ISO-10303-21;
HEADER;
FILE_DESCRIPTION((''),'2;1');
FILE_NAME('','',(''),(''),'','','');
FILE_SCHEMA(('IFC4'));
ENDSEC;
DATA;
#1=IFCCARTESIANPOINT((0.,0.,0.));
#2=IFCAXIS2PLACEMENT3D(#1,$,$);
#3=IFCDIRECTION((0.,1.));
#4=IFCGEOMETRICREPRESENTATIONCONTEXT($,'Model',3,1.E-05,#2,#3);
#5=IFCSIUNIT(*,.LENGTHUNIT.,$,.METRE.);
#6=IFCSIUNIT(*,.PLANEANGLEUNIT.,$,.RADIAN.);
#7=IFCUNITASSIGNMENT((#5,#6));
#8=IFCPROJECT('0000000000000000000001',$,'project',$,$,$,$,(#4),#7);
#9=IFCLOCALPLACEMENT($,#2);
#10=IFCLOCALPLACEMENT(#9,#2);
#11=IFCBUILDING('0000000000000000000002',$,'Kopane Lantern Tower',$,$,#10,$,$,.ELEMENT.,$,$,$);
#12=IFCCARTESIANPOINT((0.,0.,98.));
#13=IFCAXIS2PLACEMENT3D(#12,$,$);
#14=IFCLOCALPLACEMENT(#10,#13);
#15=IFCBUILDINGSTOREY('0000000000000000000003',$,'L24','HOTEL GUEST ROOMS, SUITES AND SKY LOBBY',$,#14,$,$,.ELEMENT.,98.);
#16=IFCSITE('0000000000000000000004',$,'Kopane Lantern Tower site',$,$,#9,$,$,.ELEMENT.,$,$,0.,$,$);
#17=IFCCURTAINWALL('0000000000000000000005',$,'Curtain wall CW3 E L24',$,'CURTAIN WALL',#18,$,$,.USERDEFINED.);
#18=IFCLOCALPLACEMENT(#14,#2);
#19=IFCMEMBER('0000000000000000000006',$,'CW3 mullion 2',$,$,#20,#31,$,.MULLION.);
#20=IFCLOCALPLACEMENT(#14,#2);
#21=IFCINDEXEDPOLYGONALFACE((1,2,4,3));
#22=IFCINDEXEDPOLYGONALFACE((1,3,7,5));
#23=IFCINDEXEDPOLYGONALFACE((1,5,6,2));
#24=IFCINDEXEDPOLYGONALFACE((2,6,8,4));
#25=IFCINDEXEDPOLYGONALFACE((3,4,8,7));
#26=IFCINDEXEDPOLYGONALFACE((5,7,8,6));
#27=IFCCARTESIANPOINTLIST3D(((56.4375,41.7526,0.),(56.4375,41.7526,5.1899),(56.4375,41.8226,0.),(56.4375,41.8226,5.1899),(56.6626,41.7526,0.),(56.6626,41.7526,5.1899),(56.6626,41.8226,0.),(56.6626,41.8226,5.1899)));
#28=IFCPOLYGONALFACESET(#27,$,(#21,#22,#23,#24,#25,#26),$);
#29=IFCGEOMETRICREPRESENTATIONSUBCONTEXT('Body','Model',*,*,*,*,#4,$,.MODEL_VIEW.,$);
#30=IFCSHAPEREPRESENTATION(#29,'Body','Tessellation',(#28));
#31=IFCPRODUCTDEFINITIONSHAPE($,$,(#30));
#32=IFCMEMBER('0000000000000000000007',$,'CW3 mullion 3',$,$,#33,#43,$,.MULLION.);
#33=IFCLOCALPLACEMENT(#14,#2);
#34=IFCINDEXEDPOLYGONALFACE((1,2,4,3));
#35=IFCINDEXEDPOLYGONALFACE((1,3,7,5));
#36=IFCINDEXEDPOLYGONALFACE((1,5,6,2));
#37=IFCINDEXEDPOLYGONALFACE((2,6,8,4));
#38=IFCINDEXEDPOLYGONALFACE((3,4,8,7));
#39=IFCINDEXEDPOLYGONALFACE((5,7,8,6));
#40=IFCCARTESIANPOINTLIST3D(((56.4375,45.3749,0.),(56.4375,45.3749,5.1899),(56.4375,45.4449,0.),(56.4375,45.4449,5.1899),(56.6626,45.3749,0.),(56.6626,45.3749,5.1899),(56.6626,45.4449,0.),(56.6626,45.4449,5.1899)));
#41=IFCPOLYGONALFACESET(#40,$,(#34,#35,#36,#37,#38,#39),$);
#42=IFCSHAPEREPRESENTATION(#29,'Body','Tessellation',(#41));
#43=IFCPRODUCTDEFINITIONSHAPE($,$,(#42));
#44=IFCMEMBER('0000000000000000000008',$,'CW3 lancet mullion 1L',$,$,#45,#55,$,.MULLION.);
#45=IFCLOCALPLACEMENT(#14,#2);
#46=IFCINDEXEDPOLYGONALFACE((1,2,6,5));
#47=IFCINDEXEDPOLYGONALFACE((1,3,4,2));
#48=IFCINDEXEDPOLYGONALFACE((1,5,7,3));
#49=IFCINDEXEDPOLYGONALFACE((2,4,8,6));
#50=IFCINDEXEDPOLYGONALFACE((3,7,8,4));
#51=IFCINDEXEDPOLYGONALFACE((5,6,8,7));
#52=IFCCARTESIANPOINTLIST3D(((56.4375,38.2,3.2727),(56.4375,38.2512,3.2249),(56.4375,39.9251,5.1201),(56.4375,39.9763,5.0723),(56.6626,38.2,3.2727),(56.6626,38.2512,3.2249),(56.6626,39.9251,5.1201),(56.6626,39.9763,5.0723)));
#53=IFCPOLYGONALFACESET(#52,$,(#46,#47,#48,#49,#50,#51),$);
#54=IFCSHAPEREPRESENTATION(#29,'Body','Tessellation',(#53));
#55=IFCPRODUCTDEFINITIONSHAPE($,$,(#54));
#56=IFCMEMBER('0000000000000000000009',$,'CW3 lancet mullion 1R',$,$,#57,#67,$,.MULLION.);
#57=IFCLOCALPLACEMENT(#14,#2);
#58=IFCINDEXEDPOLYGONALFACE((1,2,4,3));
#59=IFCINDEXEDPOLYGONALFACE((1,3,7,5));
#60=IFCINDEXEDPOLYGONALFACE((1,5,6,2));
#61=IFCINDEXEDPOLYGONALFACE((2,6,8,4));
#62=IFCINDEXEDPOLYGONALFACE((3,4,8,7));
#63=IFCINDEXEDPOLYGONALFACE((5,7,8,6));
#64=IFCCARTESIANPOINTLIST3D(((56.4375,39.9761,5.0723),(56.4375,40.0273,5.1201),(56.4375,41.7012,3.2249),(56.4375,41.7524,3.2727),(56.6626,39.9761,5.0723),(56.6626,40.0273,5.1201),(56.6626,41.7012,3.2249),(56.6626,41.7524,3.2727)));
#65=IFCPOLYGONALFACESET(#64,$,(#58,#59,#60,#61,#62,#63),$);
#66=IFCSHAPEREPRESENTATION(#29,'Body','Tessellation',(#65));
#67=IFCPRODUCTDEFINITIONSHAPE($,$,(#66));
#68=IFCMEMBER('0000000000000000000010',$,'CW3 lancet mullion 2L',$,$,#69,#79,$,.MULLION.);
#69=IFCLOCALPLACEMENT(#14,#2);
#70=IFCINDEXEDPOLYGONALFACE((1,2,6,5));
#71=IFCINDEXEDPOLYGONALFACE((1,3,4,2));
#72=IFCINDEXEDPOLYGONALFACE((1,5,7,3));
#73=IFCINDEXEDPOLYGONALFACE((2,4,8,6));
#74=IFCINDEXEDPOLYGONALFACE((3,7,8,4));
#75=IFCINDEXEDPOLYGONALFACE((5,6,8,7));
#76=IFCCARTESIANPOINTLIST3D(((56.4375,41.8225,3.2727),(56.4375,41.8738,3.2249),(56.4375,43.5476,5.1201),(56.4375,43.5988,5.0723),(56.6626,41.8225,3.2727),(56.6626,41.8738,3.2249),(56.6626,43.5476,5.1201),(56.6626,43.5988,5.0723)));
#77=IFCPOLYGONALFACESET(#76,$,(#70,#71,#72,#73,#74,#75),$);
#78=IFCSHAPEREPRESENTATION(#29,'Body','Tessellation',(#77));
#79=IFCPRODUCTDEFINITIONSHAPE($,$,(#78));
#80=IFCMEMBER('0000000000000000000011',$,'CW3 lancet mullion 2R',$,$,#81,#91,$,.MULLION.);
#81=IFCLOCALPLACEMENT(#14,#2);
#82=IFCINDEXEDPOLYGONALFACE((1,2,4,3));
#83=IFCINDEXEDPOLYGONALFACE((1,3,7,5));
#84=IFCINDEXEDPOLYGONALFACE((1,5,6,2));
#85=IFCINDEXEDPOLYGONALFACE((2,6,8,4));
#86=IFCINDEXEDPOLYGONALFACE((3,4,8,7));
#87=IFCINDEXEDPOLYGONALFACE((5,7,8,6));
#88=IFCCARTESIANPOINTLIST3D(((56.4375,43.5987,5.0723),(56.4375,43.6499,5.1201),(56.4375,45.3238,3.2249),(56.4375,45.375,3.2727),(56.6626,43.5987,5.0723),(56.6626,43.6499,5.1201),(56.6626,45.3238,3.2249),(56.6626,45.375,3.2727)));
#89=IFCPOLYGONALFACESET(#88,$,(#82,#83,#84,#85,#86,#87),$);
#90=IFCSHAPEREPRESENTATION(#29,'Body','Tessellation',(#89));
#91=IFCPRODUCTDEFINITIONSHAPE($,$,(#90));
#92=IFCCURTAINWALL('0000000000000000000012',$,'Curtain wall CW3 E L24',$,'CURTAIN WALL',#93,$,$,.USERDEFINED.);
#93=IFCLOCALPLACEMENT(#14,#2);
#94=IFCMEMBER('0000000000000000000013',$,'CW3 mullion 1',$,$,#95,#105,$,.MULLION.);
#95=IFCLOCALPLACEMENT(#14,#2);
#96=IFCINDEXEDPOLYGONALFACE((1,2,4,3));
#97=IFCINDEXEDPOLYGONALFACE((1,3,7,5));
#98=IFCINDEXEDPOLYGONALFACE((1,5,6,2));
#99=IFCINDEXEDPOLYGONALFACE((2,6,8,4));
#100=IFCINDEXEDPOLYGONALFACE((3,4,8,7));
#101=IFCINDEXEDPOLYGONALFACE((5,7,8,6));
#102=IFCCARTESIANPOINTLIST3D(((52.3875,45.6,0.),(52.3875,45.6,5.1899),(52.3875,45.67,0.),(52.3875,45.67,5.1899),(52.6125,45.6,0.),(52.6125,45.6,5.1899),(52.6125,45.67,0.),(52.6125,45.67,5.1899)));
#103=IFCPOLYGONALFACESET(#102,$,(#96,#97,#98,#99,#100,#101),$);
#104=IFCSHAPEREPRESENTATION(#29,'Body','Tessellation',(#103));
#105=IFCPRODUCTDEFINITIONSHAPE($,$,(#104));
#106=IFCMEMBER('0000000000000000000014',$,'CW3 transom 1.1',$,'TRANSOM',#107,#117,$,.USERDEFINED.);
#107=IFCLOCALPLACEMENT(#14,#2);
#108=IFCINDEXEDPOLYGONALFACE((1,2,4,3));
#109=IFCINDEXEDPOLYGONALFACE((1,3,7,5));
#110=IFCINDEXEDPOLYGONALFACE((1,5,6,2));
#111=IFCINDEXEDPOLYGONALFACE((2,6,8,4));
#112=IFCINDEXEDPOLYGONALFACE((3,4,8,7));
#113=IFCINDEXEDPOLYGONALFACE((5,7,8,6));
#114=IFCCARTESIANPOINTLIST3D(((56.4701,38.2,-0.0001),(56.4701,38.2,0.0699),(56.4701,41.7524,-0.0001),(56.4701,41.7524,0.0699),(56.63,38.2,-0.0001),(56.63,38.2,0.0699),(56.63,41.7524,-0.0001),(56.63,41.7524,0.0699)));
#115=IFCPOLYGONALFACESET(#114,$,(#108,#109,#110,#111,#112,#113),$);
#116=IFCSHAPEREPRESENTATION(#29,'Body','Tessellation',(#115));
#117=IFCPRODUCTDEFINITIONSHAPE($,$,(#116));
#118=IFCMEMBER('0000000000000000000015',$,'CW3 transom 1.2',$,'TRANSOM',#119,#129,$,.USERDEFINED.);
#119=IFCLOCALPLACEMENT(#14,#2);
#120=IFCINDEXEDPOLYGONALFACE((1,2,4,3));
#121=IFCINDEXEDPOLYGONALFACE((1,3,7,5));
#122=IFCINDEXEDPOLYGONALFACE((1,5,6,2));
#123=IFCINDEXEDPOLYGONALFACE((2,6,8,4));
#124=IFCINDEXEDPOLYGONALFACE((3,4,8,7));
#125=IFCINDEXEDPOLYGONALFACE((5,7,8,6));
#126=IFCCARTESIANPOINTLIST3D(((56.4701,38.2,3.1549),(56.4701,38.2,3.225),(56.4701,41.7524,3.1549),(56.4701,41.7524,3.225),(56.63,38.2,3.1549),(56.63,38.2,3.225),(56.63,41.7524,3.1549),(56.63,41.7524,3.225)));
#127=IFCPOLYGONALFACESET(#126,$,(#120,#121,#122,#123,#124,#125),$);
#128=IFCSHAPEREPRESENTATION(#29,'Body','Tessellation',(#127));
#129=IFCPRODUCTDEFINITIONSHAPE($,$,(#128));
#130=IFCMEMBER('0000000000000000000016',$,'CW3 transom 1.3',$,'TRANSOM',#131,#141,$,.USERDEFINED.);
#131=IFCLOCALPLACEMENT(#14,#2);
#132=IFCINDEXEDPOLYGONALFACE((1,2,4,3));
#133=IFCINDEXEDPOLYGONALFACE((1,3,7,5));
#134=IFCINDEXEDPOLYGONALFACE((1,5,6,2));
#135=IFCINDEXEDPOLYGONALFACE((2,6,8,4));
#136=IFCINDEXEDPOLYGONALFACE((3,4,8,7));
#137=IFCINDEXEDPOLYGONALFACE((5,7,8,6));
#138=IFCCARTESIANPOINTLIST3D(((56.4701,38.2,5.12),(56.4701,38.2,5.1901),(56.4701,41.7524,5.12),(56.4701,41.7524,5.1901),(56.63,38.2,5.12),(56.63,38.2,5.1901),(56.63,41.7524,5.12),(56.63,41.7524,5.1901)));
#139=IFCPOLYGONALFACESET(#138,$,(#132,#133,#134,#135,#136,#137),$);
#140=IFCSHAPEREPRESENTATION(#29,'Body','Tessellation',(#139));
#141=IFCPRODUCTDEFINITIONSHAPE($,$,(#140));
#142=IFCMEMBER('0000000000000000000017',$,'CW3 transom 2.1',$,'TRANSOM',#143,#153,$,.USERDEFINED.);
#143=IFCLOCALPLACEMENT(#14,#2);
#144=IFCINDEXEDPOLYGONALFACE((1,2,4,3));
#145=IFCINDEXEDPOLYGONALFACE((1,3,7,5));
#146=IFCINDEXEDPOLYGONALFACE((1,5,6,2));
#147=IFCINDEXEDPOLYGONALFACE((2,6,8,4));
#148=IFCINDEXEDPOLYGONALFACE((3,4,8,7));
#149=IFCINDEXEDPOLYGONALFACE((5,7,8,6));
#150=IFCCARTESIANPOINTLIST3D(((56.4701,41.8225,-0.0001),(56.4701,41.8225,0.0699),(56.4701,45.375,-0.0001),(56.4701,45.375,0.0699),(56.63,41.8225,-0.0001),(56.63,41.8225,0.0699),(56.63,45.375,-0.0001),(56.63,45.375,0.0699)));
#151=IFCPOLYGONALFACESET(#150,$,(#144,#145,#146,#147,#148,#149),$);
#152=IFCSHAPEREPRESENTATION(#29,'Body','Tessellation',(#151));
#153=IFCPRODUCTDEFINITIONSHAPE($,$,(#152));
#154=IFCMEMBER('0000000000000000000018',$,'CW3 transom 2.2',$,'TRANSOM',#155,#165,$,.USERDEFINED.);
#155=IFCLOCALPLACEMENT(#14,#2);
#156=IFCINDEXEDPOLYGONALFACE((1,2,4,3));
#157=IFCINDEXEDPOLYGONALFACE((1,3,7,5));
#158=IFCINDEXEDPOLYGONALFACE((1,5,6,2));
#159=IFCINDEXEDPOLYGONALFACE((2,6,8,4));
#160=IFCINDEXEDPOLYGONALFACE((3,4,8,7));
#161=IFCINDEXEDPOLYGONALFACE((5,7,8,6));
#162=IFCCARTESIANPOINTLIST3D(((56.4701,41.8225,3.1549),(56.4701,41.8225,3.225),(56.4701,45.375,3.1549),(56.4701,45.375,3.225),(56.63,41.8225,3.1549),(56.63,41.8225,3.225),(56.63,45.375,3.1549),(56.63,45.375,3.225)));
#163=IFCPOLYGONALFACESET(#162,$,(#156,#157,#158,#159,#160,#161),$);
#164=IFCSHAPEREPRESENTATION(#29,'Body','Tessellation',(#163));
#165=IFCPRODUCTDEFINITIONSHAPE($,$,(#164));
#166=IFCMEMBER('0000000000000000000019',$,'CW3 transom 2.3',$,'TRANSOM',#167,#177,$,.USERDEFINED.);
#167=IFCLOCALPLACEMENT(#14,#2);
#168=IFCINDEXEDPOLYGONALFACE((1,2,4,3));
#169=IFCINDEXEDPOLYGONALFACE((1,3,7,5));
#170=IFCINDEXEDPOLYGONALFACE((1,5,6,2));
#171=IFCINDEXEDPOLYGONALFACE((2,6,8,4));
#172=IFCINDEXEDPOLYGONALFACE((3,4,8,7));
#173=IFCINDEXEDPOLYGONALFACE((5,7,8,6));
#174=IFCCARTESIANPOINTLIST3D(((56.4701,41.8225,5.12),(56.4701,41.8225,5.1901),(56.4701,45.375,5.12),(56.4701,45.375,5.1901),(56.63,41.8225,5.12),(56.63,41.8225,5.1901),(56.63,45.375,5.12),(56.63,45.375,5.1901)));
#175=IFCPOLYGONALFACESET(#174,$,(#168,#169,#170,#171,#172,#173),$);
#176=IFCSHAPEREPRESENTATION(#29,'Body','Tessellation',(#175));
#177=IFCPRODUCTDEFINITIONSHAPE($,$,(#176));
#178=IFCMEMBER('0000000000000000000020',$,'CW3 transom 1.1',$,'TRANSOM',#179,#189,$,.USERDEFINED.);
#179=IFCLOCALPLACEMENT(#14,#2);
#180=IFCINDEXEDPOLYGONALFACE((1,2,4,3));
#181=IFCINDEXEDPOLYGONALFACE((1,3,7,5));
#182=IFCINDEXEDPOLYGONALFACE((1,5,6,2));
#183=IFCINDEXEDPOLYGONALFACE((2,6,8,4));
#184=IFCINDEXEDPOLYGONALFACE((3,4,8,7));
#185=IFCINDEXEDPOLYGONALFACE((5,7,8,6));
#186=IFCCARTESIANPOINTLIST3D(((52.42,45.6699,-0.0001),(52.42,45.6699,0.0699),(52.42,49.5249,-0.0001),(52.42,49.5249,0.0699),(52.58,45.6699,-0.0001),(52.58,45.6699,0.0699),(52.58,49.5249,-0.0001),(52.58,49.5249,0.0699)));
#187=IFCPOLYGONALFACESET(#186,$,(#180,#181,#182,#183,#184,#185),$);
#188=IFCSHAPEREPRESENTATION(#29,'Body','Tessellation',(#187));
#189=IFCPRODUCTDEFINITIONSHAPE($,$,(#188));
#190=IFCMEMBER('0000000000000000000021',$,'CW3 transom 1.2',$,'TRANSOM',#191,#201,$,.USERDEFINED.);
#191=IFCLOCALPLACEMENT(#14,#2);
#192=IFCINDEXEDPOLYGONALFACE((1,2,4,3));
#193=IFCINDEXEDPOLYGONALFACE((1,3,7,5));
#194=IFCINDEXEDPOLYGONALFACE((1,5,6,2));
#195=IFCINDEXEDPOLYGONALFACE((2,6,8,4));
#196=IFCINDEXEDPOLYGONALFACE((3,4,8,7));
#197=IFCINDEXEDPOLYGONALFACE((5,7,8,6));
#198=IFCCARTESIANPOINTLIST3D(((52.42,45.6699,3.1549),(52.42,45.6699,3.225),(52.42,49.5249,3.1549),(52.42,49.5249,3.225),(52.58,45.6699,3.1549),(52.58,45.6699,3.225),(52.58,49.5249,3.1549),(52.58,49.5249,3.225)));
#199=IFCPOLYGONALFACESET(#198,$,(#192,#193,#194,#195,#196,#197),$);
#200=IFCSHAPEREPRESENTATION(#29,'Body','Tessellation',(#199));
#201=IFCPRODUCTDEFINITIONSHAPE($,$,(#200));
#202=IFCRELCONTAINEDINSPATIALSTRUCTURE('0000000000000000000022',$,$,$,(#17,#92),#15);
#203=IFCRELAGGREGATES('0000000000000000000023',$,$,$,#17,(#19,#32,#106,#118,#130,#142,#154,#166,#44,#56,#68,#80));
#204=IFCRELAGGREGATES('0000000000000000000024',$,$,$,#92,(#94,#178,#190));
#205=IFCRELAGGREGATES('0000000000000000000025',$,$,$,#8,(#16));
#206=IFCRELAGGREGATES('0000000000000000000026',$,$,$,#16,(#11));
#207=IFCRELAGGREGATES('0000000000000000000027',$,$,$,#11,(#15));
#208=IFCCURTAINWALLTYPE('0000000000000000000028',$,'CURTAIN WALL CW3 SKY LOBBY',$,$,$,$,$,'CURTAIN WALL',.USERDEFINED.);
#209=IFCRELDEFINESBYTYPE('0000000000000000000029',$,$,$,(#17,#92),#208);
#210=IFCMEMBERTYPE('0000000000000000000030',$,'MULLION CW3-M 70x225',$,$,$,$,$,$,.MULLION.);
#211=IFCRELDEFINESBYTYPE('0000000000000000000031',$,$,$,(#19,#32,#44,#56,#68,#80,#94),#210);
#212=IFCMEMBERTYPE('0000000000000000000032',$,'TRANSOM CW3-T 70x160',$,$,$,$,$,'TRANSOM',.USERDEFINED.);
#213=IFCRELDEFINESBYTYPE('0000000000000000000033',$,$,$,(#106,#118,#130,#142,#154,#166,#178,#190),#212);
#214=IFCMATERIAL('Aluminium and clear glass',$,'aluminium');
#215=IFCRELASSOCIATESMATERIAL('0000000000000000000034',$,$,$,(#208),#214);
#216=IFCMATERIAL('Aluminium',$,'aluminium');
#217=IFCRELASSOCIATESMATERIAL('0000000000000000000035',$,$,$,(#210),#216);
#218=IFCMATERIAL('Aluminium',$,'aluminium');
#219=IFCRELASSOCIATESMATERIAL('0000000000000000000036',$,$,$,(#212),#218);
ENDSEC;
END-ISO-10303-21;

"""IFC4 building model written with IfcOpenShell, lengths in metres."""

from ifc_helpers import new_model, si_unit, direction, frame, origin, origin_2d, place, context, subcontext, project, spatial, rectangle, extrude, material, material_profile, profile_set, type_object, element, aggregate, save


model = new_model("IFC4")

# Units and contexts
model_context = context("Model", 3, precision=1e-05, world=origin(), true_north=direction((0.0, 1.0)))
body_context = subcontext(model_context, "Body", "Model", "MODEL_VIEW")
ifc_project = project(units=[si_unit("LENGTHUNIT", "METRE"), si_unit("PLANEANGLEUNIT", "RADIAN")], contexts=[model_context])

# Site, building, storey
site_placement = place(None, origin())
site = spatial("IfcSite", under=ifc_project, at=site_placement, Name="Kopane Lantern Tower site", CompositionType="ELEMENT", RefElevation=0.0)
building_placement = place(site_placement, origin())
building = spatial("IfcBuilding", under=site, at=building_placement, Name="Kopane Lantern Tower", CompositionType="ELEMENT")
storey_placement = place(building_placement, frame((0.0, 0.0, 98.0)))
storey = spatial("IfcBuildingStorey", under=building, at=storey_placement, Name="L24", Description="HOTEL GUEST ROOMS, SUITES AND SKY LOBBY", CompositionType="ELEMENT", Elevation=98.0)

# Curtain wall, members
ifc_material_1 = material(Name="Aluminium and clear glass", Category="aluminium")
curtain_wall_type = type_object("IfcCurtainWallType", Name="CURTAIN WALL CW3 SKY LOBBY", ElementType="CURTAIN WALL", PredefinedType="USERDEFINED", material=ifc_material_1)
curtain_wall_1_placement = place(storey_placement, origin())
curtain_wall_1 = element("IfcCurtainWall", 1, at=curtain_wall_1_placement, inside=storey, type_object=curtain_wall_type, Name="Curtain wall CW3 E L24", ObjectType="CURTAIN WALL", PredefinedType="USERDEFINED")
ifc_material_2 = material(Name="Aluminium", Category="aluminium")
ifc_material_profile_1 = material_profile(ifc_material_2, rectangle(XDim=0.0701, YDim=0.2251, at=origin_2d()), Name="AL 70x225")
ifc_profile_set_1 = profile_set([ifc_material_profile_1], Name="Aluminium")
member_type_1 = type_object("IfcMemberType", Name="MULLION CW3-M 70x225", PredefinedType="MULLION", material=ifc_profile_set_1)
member_1_placement = place(storey_placement, frame((56.55, 41.7876, 0.0), z_axis=(0.0, 0.0, 1.0), x_axis=(0.0, 1.0, 0.0)))
member_1 = element("IfcMember", 2, at=member_1_placement, type_object=member_type_1, Name="CW3 mullion 2", PredefinedType="MULLION", context=body_context, shape_type="SweptSolid", body=[
    extrude(rectangle(XDim=0.0701, YDim=0.2251, at=origin_2d()), origin(), (0.0, 0.0, 1.0), 5.1899),
])
member_2_placement = place(storey_placement, frame((56.55, 45.4099, 0.0), z_axis=(0.0, 0.0, 1.0), x_axis=(0.0, 1.0, 0.0)))
member_2 = element("IfcMember", 3, at=member_2_placement, type_object=member_type_1, Name="CW3 mullion 3", PredefinedType="MULLION", context=body_context, shape_type="SweptSolid", body=[
    extrude(rectangle(XDim=0.0701, YDim=0.2251, at=origin_2d()), origin(), (0.0, 0.0, 1.0), 5.1899),
])
member_3_placement = place(storey_placement, frame((56.55, 38.2256, 3.2488), z_axis=(0.0, 0.682497, 0.730888), x_axis=(0.0, -0.730888, 0.682497)))
member_3 = element("IfcMember", 4, at=member_3_placement, type_object=member_type_1, Name="CW3 lancet mullion 1L", PredefinedType="MULLION", context=body_context, shape_type="SweptSolid", body=[
    extrude(rectangle(XDim=0.0701, YDim=0.2251, at=origin_2d()), origin(), (0.0, 0.0, 1.0), 2.5276),
])
member_4_placement = place(storey_placement, frame((56.55, 41.7268, 3.2488), z_axis=(0.0, -0.682497, 0.730888), x_axis=(0.0, 0.730888, 0.682497)))
member_4 = element("IfcMember", 5, at=member_4_placement, type_object=member_type_1, Name="CW3 lancet mullion 1R", PredefinedType="MULLION", context=body_context, shape_type="SweptSolid", body=[
    extrude(rectangle(XDim=0.0701, YDim=0.2251, at=origin_2d()), origin(), (0.0, 0.0, 1.0), 2.5276),
])
member_5_placement = place(storey_placement, frame((56.55, 41.8481, 3.2488), z_axis=(0.0, 0.682497, 0.730888), x_axis=(0.0, -0.730888, 0.682497)))
member_5 = element("IfcMember", 6, at=member_5_placement, type_object=member_type_1, Name="CW3 lancet mullion 2L", PredefinedType="MULLION", context=body_context, shape_type="SweptSolid", body=[
    extrude(rectangle(XDim=0.0701, YDim=0.2251, at=origin_2d()), origin(), (0.0, 0.0, 1.0), 2.5276),
])
member_6_placement = place(storey_placement, frame((56.55, 45.3494, 3.2488), z_axis=(0.0, -0.682497, 0.730888), x_axis=(0.0, 0.730888, 0.682497)))
member_6 = element("IfcMember", 7, at=member_6_placement, type_object=member_type_1, Name="CW3 lancet mullion 2R", PredefinedType="MULLION", context=body_context, shape_type="SweptSolid", body=[
    extrude(rectangle(XDim=0.0701, YDim=0.2251, at=origin_2d()), origin(), (0.0, 0.0, 1.0), 2.5276),
])

# Curtain wall, member
curtain_wall_2_placement = place(storey_placement, origin())
curtain_wall_2 = element("IfcCurtainWall", 8, at=curtain_wall_2_placement, inside=storey, type_object=curtain_wall_type, Name="Curtain wall CW3 E L24", ObjectType="CURTAIN WALL", PredefinedType="USERDEFINED")
member_7_placement = place(storey_placement, frame((52.5, 45.635, 0.0), z_axis=(0.0, 0.0, 1.0), x_axis=(0.0, 1.0, 0.0)))
member_7 = element("IfcMember", 9, at=member_7_placement, type_object=member_type_1, Name="CW3 mullion 1", PredefinedType="MULLION", context=body_context, shape_type="SweptSolid", body=[
    extrude(rectangle(XDim=0.0701, YDim=0.2251, at=origin_2d()), origin(), (0.0, 0.0, 1.0), 5.1899),
])

# Members
ifc_material_3 = material(Name="Aluminium", Category="aluminium")
ifc_material_profile_2 = material_profile(ifc_material_3, rectangle(XDim=0.1599, YDim=0.0701, at=origin_2d()), Name="AL 160x70")
ifc_profile_set_2 = profile_set([ifc_material_profile_2], Name="Aluminium")
member_type_2 = type_object("IfcMemberType", Name="TRANSOM CW3-T 70x160", ElementType="TRANSOM", PredefinedType="USERDEFINED", material=ifc_profile_set_2)
member_8_placement = place(storey_placement, frame((56.55, 38.2, 0.0349), z_axis=(0.0, 1.0, 0.0), x_axis=(-1.0, 0.0, 0.0)))
member_8 = element("IfcMember", 10, at=member_8_placement, type_object=member_type_2, Name="CW3 transom 1.1", ObjectType="TRANSOM", PredefinedType="USERDEFINED", context=body_context, shape_type="SweptSolid", body=[
    extrude(rectangle(XDim=0.1599, YDim=0.0701, at=origin_2d()), origin(), (0.0, 0.0, 1.0), 3.5525),
])
member_9_placement = place(storey_placement, frame((56.55, 38.2, 3.1899), z_axis=(0.0, 1.0, 0.0), x_axis=(-1.0, 0.0, 0.0)))
member_9 = element("IfcMember", 11, at=member_9_placement, type_object=member_type_2, Name="CW3 transom 1.2", ObjectType="TRANSOM", PredefinedType="USERDEFINED", context=body_context, shape_type="SweptSolid", body=[
    extrude(rectangle(XDim=0.1599, YDim=0.0701, at=origin_2d()), origin(), (0.0, 0.0, 1.0), 3.5525),
])
member_10_placement = place(storey_placement, frame((56.55, 38.2, 5.155), z_axis=(0.0, 1.0, 0.0), x_axis=(-1.0, 0.0, 0.0)))
member_10 = element("IfcMember", 12, at=member_10_placement, type_object=member_type_2, Name="CW3 transom 1.3", ObjectType="TRANSOM", PredefinedType="USERDEFINED", context=body_context, shape_type="SweptSolid", body=[
    extrude(rectangle(XDim=0.1599, YDim=0.0701, at=origin_2d()), origin(), (0.0, 0.0, 1.0), 3.5525),
])
member_11_placement = place(storey_placement, frame((56.55, 41.8225, 0.0349), z_axis=(0.0, 1.0, 0.0), x_axis=(-1.0, 0.0, 0.0)))
member_11 = element("IfcMember", 13, at=member_11_placement, type_object=member_type_2, Name="CW3 transom 2.1", ObjectType="TRANSOM", PredefinedType="USERDEFINED", context=body_context, shape_type="SweptSolid", body=[
    extrude(rectangle(XDim=0.1599, YDim=0.0701, at=origin_2d()), origin(), (0.0, 0.0, 1.0), 3.5525),
])
member_12_placement = place(storey_placement, frame((56.55, 41.8225, 3.1899), z_axis=(0.0, 1.0, 0.0), x_axis=(-1.0, 0.0, 0.0)))
member_12 = element("IfcMember", 14, at=member_12_placement, type_object=member_type_2, Name="CW3 transom 2.2", ObjectType="TRANSOM", PredefinedType="USERDEFINED", context=body_context, shape_type="SweptSolid", body=[
    extrude(rectangle(XDim=0.1599, YDim=0.0701, at=origin_2d()), origin(), (0.0, 0.0, 1.0), 3.5525),
])
member_13_placement = place(storey_placement, frame((56.55, 41.8225, 5.155), z_axis=(0.0, 1.0, 0.0), x_axis=(-1.0, 0.0, 0.0)))
member_13 = element("IfcMember", 15, at=member_13_placement, type_object=member_type_2, Name="CW3 transom 2.3", ObjectType="TRANSOM", PredefinedType="USERDEFINED", context=body_context, shape_type="SweptSolid", body=[
    extrude(rectangle(XDim=0.1599, YDim=0.0701, at=origin_2d()), origin(), (0.0, 0.0, 1.0), 3.5525),
])
member_14_placement = place(storey_placement, frame((52.5, 45.6699, 0.0349), z_axis=(0.0, 1.0, 0.0), x_axis=(-1.0, 0.0, 0.0)))
member_14 = element("IfcMember", 16, at=member_14_placement, type_object=member_type_2, Name="CW3 transom 1.1", ObjectType="TRANSOM", PredefinedType="USERDEFINED", context=body_context, shape_type="SweptSolid", body=[
    extrude(rectangle(XDim=0.1599, YDim=0.0701, at=origin_2d()), origin(), (0.0, 0.0, 1.0), 3.855),
])
member_15_placement = place(storey_placement, frame((52.5, 45.6699, 3.1899), z_axis=(0.0, 1.0, 0.0), x_axis=(-1.0, 0.0, 0.0)))
member_15 = element("IfcMember", 17, at=member_15_placement, type_object=member_type_2, Name="CW3 transom 1.2", ObjectType="TRANSOM", PredefinedType="USERDEFINED", context=body_context, shape_type="SweptSolid", body=[
    extrude(rectangle(XDim=0.1599, YDim=0.0701, at=origin_2d()), origin(), (0.0, 0.0, 1.0), 3.855),
])

aggregate(curtain_wall_1, [member_1, member_2, member_8, member_9, member_10, member_11, member_12, member_13, member_3, member_4, member_5, member_6])
aggregate(curtain_wall_2, [member_7, member_14, member_15])

save(model, "model.ifc")
